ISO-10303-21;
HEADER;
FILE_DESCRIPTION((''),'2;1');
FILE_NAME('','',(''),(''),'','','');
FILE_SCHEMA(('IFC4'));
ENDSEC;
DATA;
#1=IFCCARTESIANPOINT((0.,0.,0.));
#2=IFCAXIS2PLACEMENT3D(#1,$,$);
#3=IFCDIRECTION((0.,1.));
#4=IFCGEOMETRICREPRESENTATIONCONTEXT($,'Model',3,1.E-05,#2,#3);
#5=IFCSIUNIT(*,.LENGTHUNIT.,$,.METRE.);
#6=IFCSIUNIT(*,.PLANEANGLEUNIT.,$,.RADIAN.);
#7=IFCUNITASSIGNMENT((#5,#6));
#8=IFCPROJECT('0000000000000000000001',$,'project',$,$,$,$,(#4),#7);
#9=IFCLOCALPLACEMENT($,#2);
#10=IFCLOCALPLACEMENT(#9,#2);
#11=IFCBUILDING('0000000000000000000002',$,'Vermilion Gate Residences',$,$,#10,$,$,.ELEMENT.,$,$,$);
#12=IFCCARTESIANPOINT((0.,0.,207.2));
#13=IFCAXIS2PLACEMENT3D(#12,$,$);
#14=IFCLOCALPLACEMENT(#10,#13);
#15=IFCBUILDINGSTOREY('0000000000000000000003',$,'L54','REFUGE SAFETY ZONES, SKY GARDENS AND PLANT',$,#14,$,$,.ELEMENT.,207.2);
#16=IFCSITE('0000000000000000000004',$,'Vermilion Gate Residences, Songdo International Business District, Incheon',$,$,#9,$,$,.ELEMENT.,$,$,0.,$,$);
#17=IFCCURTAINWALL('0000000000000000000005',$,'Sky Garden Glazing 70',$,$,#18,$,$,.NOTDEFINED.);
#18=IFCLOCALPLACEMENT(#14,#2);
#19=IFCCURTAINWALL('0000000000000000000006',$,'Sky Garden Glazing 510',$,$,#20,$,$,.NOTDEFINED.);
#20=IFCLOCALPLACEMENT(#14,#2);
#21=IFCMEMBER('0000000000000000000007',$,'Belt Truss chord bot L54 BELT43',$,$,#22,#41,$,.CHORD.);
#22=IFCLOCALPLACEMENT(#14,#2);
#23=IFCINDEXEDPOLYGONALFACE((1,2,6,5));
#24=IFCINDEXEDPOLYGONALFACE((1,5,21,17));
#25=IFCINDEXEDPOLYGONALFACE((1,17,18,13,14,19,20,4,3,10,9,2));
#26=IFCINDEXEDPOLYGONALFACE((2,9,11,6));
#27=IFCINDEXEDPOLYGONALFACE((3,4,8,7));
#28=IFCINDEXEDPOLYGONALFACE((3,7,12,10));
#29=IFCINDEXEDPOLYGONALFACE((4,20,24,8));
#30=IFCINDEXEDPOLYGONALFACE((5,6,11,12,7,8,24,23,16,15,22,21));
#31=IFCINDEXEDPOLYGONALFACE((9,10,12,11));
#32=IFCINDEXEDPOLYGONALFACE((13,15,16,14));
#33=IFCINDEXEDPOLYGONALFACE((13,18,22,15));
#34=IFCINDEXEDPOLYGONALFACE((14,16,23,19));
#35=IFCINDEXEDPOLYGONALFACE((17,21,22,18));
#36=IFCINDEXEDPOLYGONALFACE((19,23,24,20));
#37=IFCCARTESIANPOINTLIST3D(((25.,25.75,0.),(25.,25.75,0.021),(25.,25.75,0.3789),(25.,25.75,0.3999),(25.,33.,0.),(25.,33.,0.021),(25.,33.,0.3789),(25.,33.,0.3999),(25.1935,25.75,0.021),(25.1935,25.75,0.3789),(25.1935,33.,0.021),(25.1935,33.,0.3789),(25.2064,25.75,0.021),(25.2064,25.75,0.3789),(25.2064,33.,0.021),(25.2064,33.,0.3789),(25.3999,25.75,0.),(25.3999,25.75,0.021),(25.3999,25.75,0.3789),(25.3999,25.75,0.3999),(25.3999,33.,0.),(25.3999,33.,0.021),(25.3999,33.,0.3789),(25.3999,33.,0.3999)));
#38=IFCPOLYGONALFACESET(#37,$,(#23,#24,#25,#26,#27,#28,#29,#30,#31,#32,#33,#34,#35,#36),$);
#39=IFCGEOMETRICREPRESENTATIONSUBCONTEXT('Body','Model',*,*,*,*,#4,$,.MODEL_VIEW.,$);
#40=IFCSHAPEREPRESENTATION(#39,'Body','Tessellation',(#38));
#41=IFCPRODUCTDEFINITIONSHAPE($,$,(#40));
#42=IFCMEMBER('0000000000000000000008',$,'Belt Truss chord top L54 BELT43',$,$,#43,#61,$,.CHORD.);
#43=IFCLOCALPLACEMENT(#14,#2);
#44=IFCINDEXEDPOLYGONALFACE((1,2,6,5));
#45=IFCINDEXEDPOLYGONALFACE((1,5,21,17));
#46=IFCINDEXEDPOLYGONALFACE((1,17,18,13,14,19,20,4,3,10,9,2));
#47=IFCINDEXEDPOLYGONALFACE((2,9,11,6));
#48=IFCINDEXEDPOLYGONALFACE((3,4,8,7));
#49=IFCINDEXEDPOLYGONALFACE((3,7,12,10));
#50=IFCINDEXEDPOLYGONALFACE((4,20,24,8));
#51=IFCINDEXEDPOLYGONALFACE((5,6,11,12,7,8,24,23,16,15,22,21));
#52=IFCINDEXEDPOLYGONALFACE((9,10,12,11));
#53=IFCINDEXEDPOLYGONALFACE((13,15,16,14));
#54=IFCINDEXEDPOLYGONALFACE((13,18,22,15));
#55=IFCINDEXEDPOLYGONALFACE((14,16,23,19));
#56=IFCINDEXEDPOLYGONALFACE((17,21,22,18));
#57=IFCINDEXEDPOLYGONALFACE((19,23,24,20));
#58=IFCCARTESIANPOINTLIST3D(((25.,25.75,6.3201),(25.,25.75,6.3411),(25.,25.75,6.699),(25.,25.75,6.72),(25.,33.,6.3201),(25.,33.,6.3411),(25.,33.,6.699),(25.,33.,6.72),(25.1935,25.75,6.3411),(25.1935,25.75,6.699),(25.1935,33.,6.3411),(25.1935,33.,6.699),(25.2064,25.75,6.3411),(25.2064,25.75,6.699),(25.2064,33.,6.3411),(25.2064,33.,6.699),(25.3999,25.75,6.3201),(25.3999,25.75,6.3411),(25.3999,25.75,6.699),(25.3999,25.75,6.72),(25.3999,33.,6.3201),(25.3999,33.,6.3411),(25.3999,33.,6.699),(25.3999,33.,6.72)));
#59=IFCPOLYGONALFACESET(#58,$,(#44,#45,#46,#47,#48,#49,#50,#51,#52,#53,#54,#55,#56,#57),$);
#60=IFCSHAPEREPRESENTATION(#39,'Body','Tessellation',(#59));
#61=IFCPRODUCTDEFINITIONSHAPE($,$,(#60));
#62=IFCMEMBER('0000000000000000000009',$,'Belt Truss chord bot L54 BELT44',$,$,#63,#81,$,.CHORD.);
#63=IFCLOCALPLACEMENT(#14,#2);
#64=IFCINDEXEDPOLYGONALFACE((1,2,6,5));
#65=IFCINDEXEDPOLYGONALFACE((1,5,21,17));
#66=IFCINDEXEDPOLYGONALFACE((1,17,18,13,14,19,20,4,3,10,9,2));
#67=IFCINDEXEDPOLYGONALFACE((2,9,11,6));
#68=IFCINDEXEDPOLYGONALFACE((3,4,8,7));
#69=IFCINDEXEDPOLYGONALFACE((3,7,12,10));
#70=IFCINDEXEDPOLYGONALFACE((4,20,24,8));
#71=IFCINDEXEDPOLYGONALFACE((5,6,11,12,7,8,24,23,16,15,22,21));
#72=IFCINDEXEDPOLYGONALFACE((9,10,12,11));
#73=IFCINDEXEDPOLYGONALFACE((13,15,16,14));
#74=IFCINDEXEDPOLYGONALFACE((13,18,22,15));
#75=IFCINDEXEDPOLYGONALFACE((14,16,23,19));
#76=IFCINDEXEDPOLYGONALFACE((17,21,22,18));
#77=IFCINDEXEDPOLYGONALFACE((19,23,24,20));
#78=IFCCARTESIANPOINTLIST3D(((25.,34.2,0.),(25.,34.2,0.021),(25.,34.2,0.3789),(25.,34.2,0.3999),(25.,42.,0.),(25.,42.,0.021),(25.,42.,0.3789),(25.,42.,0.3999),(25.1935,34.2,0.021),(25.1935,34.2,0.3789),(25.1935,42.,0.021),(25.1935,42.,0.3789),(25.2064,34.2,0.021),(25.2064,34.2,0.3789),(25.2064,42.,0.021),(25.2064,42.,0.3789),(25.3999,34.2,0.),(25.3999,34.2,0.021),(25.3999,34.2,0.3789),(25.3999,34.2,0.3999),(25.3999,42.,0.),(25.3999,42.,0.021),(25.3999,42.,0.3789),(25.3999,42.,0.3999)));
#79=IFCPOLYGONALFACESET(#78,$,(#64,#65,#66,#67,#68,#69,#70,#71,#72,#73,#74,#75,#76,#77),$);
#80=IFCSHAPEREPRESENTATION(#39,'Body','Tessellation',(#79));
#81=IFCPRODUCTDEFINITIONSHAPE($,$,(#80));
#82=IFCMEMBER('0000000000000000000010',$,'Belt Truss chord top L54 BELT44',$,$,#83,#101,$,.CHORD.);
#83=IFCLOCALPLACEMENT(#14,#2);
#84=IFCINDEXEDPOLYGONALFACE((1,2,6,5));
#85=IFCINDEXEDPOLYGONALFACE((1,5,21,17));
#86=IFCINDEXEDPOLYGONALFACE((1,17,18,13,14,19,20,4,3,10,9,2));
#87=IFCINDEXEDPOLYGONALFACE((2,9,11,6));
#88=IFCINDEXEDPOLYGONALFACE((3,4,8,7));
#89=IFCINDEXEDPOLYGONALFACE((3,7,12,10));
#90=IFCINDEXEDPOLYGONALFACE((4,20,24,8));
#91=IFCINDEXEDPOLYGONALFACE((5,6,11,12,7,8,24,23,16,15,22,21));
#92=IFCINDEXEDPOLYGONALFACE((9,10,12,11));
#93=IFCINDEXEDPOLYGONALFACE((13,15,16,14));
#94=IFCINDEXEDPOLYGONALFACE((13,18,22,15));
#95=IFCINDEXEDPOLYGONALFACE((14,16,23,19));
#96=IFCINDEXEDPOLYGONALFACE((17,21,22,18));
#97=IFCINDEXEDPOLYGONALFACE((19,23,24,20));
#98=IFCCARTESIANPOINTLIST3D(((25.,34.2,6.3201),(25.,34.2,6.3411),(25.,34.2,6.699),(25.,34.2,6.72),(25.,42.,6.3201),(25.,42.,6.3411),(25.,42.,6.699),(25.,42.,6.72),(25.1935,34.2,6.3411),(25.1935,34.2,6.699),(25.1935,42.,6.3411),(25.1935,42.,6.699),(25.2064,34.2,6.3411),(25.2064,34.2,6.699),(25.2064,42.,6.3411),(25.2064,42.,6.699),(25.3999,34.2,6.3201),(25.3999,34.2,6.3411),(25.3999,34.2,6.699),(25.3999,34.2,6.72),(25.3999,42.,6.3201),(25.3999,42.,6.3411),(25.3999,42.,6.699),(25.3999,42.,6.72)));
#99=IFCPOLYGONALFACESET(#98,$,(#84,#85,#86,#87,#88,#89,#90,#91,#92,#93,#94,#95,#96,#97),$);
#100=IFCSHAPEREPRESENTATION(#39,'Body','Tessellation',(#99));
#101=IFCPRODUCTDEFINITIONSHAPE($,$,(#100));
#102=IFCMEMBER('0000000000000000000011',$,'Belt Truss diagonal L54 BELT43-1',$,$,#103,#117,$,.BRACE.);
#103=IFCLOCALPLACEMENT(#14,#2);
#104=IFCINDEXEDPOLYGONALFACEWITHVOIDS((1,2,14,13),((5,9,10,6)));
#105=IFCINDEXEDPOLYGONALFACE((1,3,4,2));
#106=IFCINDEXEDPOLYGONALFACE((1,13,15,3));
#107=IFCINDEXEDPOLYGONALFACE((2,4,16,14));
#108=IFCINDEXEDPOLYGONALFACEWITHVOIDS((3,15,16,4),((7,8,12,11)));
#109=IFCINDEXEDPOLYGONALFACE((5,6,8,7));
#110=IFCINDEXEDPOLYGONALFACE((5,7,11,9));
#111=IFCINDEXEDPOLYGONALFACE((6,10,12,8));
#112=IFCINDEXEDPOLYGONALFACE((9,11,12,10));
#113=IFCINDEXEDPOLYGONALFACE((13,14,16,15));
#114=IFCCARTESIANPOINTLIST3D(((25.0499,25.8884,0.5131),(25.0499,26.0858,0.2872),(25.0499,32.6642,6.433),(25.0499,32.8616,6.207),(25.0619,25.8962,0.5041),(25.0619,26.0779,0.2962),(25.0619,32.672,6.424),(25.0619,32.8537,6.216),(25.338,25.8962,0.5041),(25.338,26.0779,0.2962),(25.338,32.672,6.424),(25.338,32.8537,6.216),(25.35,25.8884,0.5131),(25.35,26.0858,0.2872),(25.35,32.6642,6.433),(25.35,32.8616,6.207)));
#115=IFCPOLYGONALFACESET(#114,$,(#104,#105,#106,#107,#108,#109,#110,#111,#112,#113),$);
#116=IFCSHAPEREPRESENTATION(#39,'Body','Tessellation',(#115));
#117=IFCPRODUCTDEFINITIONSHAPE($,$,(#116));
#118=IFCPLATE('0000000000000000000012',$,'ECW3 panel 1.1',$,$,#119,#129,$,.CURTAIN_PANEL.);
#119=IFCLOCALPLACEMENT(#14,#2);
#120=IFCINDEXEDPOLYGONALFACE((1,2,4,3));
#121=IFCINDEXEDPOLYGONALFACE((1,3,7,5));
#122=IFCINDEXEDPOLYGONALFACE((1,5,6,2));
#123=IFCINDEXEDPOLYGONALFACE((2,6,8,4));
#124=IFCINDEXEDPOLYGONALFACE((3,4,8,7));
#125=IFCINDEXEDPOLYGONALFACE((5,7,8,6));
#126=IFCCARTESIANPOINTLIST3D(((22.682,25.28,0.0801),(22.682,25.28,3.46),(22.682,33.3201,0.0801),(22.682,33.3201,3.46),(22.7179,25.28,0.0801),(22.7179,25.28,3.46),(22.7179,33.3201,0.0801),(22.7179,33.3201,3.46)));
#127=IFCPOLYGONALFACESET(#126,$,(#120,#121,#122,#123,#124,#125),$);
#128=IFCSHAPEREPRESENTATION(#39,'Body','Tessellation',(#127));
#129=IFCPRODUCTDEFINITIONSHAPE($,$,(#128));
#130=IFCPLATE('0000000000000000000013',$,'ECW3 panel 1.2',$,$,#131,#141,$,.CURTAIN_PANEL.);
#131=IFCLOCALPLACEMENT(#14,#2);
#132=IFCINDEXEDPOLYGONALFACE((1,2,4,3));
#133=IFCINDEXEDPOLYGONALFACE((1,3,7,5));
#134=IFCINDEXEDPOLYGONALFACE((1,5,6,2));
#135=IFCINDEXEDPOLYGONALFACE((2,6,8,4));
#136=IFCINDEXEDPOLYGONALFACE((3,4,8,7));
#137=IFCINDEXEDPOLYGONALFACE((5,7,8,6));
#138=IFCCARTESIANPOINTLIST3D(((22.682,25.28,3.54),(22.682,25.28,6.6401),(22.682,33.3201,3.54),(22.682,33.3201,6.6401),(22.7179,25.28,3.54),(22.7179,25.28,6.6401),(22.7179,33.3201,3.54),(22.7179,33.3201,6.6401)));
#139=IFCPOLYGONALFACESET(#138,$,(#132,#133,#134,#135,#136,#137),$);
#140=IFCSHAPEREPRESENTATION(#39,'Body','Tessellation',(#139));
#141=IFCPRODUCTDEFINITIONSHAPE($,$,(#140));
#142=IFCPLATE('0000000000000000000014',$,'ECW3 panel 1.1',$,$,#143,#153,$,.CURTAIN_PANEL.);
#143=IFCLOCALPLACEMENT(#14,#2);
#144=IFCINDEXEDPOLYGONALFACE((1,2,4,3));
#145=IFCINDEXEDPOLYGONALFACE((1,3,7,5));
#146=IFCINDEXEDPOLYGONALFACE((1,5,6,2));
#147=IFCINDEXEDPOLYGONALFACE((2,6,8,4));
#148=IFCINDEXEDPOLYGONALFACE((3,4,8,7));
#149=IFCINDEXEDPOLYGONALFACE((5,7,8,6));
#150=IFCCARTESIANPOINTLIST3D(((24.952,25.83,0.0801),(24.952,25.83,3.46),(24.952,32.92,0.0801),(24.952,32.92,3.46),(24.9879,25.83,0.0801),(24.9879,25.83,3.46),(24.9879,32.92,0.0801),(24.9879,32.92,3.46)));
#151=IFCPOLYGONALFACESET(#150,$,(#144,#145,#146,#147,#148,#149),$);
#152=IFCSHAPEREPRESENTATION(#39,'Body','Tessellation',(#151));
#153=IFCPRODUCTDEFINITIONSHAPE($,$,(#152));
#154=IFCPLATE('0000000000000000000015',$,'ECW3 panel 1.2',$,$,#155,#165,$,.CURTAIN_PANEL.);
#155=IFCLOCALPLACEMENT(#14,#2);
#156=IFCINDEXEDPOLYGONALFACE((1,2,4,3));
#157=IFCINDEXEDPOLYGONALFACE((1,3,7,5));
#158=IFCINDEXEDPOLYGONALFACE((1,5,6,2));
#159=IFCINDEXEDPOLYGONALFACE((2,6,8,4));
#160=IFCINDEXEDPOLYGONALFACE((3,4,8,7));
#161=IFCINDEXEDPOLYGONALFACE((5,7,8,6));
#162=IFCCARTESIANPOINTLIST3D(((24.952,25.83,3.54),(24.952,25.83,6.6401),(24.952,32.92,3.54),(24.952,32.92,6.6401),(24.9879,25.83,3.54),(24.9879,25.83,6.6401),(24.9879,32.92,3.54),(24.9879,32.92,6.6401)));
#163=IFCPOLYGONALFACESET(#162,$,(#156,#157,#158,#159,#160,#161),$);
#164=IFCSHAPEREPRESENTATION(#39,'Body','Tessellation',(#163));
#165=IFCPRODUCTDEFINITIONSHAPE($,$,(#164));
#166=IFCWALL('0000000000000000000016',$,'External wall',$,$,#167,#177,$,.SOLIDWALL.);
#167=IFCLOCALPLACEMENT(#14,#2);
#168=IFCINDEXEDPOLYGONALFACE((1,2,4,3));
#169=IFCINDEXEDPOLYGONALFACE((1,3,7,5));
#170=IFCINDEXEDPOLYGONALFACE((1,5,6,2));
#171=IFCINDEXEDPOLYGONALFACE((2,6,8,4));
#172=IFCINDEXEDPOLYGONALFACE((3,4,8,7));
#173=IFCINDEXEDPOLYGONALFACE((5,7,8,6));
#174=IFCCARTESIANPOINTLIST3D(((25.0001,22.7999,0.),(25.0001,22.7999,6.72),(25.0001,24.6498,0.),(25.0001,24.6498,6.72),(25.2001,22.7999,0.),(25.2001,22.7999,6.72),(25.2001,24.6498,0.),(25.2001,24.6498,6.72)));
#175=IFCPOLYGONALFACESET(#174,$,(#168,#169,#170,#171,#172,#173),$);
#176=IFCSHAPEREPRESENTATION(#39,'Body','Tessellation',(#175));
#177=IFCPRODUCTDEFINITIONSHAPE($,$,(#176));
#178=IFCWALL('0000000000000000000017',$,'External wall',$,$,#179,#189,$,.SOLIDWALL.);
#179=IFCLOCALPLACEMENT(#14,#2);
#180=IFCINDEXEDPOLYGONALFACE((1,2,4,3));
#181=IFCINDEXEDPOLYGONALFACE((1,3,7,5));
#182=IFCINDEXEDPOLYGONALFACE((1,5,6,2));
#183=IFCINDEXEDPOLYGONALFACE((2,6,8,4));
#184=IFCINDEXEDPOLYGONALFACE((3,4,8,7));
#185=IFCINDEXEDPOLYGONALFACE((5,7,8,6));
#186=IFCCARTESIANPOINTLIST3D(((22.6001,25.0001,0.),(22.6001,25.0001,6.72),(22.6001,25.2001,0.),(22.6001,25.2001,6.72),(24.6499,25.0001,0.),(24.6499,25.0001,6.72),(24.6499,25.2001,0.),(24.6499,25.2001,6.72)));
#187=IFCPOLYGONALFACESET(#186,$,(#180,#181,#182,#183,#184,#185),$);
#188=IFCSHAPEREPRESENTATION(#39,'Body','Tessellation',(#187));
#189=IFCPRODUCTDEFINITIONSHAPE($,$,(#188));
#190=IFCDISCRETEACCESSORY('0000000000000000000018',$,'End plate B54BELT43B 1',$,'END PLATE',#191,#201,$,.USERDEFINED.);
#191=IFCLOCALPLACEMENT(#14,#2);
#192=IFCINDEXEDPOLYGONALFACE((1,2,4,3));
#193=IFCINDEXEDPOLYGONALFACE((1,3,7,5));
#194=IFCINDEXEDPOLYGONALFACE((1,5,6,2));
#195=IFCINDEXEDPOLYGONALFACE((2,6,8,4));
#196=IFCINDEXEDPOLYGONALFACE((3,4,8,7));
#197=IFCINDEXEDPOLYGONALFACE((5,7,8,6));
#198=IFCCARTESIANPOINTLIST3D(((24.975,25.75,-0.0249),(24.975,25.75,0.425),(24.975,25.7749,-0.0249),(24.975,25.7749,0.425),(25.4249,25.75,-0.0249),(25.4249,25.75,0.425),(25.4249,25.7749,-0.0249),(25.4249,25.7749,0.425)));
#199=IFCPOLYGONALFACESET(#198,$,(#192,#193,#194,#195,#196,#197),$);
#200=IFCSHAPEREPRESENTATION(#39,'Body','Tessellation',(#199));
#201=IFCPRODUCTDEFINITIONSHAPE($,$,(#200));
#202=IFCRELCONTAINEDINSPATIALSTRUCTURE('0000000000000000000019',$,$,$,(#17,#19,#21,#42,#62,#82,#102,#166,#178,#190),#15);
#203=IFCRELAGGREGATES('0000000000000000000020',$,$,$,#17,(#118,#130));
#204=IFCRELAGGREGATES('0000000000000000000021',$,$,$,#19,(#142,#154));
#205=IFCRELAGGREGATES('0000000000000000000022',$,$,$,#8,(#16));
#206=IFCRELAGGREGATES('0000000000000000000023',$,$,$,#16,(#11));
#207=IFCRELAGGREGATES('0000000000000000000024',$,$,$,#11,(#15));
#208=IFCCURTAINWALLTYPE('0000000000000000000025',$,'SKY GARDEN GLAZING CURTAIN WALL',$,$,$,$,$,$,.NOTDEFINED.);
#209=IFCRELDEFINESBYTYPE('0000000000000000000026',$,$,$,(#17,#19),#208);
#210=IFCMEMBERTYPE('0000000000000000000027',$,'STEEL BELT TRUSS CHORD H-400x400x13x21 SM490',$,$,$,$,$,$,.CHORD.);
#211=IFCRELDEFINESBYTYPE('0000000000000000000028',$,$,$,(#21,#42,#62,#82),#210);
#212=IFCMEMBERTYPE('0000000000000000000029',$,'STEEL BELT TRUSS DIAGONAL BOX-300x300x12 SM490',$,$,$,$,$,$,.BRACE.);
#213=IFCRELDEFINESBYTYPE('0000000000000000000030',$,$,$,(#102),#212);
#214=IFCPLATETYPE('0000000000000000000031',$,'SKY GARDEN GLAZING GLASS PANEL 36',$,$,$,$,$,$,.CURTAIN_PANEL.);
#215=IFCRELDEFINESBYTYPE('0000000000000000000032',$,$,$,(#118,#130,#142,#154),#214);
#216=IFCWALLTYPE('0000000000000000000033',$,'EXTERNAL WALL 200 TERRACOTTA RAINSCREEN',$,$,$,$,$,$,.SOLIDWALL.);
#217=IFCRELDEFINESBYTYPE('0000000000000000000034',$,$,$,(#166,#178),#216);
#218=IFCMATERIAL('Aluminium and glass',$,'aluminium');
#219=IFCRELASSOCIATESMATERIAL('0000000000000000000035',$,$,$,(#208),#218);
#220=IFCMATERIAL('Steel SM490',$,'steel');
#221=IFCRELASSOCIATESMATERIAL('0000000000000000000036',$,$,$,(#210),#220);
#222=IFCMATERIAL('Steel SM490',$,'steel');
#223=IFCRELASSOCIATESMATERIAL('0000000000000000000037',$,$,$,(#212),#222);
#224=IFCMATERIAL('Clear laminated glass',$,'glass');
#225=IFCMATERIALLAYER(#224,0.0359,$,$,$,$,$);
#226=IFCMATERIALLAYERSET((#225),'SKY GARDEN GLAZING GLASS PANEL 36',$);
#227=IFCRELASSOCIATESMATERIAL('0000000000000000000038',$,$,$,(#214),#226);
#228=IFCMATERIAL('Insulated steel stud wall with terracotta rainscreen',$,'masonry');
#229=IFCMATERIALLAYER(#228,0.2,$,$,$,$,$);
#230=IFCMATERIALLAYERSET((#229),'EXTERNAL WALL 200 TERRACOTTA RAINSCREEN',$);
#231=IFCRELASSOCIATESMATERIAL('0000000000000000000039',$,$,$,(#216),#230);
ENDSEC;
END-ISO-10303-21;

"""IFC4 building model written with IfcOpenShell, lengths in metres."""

from ifc_helpers import new_model, si_unit, direction, frame, frame_2d, origin, origin_2d, place, context, subcontext, project, spatial, rectangle, hollow_rectangle, i_section, extrude, material, layer, layer_set, material_profile, profile_set, type_object, element, aggregate, save


model = new_model("IFC4")

# Units and contexts
model_context = context("Model", 3, precision=1e-05, world=origin(), true_north=direction((0.0, 1.0)))
body_context = subcontext(model_context, "Body", "Model", "MODEL_VIEW")
ifc_project = project(units=[si_unit("LENGTHUNIT", "METRE"), si_unit("PLANEANGLEUNIT", "RADIAN")], contexts=[model_context])

# Site, building, storey
site_placement = place(None, origin())
site = spatial("IfcSite", under=ifc_project, at=site_placement, Name="Vermilion Gate Residences, Songdo International Business District, Incheon", CompositionType="ELEMENT", RefElevation=0.0)
building_placement = place(site_placement, origin())
building = spatial("IfcBuilding", under=site, at=building_placement, Name="Vermilion Gate Residences", CompositionType="ELEMENT")
storey_placement = place(building_placement, frame((0.0, 0.0, 207.2)))
storey = spatial("IfcBuildingStorey", under=building, at=storey_placement, Name="L54", Description="REFUGE SAFETY ZONES, SKY GARDENS AND PLANT", CompositionType="ELEMENT", Elevation=207.2)

# Shared definitions
ifc_material_1 = material(Name="Aluminium and glass", Category="aluminium")
curtain_wall_type = type_object("IfcCurtainWallType", Name="SKY GARDEN GLAZING CURTAIN WALL", PredefinedType="NOTDEFINED", material=ifc_material_1)

# Curtain walls
curtain_wall_1_placement = place(storey_placement, origin())
curtain_wall_1 = element("IfcCurtainWall", 1, at=curtain_wall_1_placement, inside=storey, type_object=curtain_wall_type, Name="Sky Garden Glazing 70", PredefinedType="NOTDEFINED")
curtain_wall_2_placement = place(storey_placement, origin())
curtain_wall_2 = element("IfcCurtainWall", 2, at=curtain_wall_2_placement, inside=storey, type_object=curtain_wall_type, Name="Sky Garden Glazing 510", PredefinedType="NOTDEFINED")

# Members
ifc_material_2 = material(Name="Steel SM490", Category="steel")
ifc_material_profile_1 = material_profile(ifc_material_2, i_section(OverallWidth=0.3999, OverallDepth=0.3999, WebThickness=0.0129, FlangeThickness=0.021, at=origin_2d()), Name="H-400x400x13x21")
ifc_profile_set_1 = profile_set([ifc_material_profile_1], Name="Steel SM490")
member_type_1 = type_object("IfcMemberType", Name="STEEL BELT TRUSS CHORD H-400x400x13x21 SM490", PredefinedType="CHORD", material=ifc_profile_set_1)
for number, where, z_axis, x_axis, name in (
    (3, (25.2, 25.75, 0.2), (0.0, 1.0, 0.0), (-1.0, 0.0, 0.0), "Belt Truss chord bot L54 BELT43"),
    (4, (25.2, 25.75, 6.52), (0.0, 1.0, 0.0), (-1.0, 0.0, 0.0), "Belt Truss chord top L54 BELT43"),
):
    element("IfcMember", number, at=place(storey_placement, frame(where, z_axis=z_axis, x_axis=x_axis)), inside=storey, type_object=member_type_1, Name=name, PredefinedType="CHORD", context=body_context, shape_type="SweptSolid", body=[
        extrude(i_section(OverallWidth=0.3999, OverallDepth=0.3999, WebThickness=0.0129, FlangeThickness=0.021, at=origin_2d()), origin(), (0.0, 0.0, 1.0), 7.25),
    ])
for number, where, z_axis, x_axis, name in (
    (5, (25.2, 34.2, 0.2), (0.0, 1.0, 0.0), (-1.0, 0.0, 0.0), "Belt Truss chord bot L54 BELT44"),
    (6, (25.2, 34.2, 6.52), (0.0, 1.0, 0.0), (-1.0, 0.0, 0.0), "Belt Truss chord top L54 BELT44"),
):
    element("IfcMember", number, at=place(storey_placement, frame(where, z_axis=z_axis, x_axis=x_axis)), inside=storey, type_object=member_type_1, Name=name, PredefinedType="CHORD", context=body_context, shape_type="SweptSolid", body=[
        extrude(i_section(OverallWidth=0.3999, OverallDepth=0.3999, WebThickness=0.0129, FlangeThickness=0.021, at=origin_2d()), origin(), (0.0, 0.0, 1.0), 7.8),
    ])
ifc_material_3 = material(Name="Steel SM490", Category="steel")
ifc_material_profile_2 = material_profile(ifc_material_3, hollow_rectangle(XDim=0.3, YDim=0.3, WallThickness=0.012, at=origin_2d()), Name="BOX-300x300x12")
ifc_profile_set_2 = profile_set([ifc_material_profile_2], Name="Steel SM490")
member_type_2 = type_object("IfcMemberType", Name="STEEL BELT TRUSS DIAGONAL BOX-300x300x12 SM490", PredefinedType="BRACE", material=ifc_profile_set_2)
member_1_placement = place(storey_placement, frame((25.2, 25.9871, 0.4001), z_axis=(0.0, 0.753071, 0.65794), x_axis=(-1.0, 0.0, 0.0)))
element("IfcMember", 7, at=member_1_placement, inside=storey, type_object=member_type_2, Name="Belt Truss diagonal L54 BELT43-1", PredefinedType="BRACE", context=body_context, shape_type="SweptSolid", body=[
    extrude(hollow_rectangle(XDim=0.3, YDim=0.3, WallThickness=0.012, at=origin_2d()), origin(), (0.0, 0.0, 1.0), 8.9976),
])

# Plates
ifc_material_4 = material(Name="Clear laminated glass", Category="glass")
ifc_layer_1 = layer(ifc_material_4, 0.0359)
ifc_layer_set_1 = layer_set([ifc_layer_1], Name="SKY GARDEN GLAZING GLASS PANEL 36")
plate_type = type_object("IfcPlateType", Name="SKY GARDEN GLAZING GLASS PANEL 36", PredefinedType="CURTAIN_PANEL", material=ifc_layer_set_1)
plate_1_placement = place(storey_placement, frame((22.7, 29.3, 0.0801), z_axis=(0.0, 0.0, 1.0), x_axis=(0.0, 1.0, 0.0)))
plate_1 = element("IfcPlate", 8, at=plate_1_placement, type_object=plate_type, Name="ECW3 panel 1.1", PredefinedType="CURTAIN_PANEL", context=body_context, shape_type="SweptSolid", body=[
    extrude(rectangle(XDim=8.04, YDim=0.0359, at=origin_2d()), origin(), (0.0, 0.0, 1.0), 3.3799),
])
plate_2_placement = place(storey_placement, frame((22.7, 29.3, 3.54), z_axis=(0.0, 0.0, 1.0), x_axis=(0.0, 1.0, 0.0)))
plate_2 = element("IfcPlate", 9, at=plate_2_placement, type_object=plate_type, Name="ECW3 panel 1.2", PredefinedType="CURTAIN_PANEL", context=body_context, shape_type="SweptSolid", body=[
    extrude(rectangle(XDim=8.04, YDim=0.0359, at=origin_2d()), origin(), (0.0, 0.0, 1.0), 3.1001),
])
aggregate(curtain_wall_1, [plate_1, plate_2])
plate_3_placement = place(storey_placement, frame((24.97, 29.375, 0.0801), z_axis=(0.0, 0.0, 1.0), x_axis=(0.0, 1.0, 0.0)))
plate_3 = element("IfcPlate", 10, at=plate_3_placement, type_object=plate_type, Name="ECW3 panel 1.1", PredefinedType="CURTAIN_PANEL", context=body_context, shape_type="SweptSolid", body=[
    extrude(rectangle(XDim=7.0901, YDim=0.0359, at=origin_2d()), origin(), (0.0, 0.0, 1.0), 3.3799),
])
plate_4_placement = place(storey_placement, frame((24.97, 29.375, 3.54), z_axis=(0.0, 0.0, 1.0), x_axis=(0.0, 1.0, 0.0)))
plate_4 = element("IfcPlate", 11, at=plate_4_placement, type_object=plate_type, Name="ECW3 panel 1.2", PredefinedType="CURTAIN_PANEL", context=body_context, shape_type="SweptSolid", body=[
    extrude(rectangle(XDim=7.0901, YDim=0.0359, at=origin_2d()), origin(), (0.0, 0.0, 1.0), 3.1001),
])
aggregate(curtain_wall_2, [plate_3, plate_4])

# Walls
ifc_material_5 = material(Name="Insulated steel stud wall with terracotta rainscreen", Category="masonry")
ifc_layer_2 = layer(ifc_material_5, 0.2)
ifc_layer_set_2 = layer_set([ifc_layer_2], Name="EXTERNAL WALL 200 TERRACOTTA RAINSCREEN")
wall_type = type_object("IfcWallType", Name="EXTERNAL WALL 200 TERRACOTTA RAINSCREEN", PredefinedType="SOLIDWALL", material=ifc_layer_set_2)
wall_1_placement = place(storey_placement, frame((25.1001, 22.8, 0.0), z_axis=(0.0, 0.0, 1.0), x_axis=(0.0, 1.0, 0.0)))
element("IfcWall", 12, at=wall_1_placement, inside=storey, type_object=wall_type, Name="External wall", PredefinedType="SOLIDWALL", context=body_context, shape_type="SweptSolid", body=[
    extrude(rectangle(XDim=1.8499, YDim=0.2, at=frame_2d((0.9248, 0.0))), origin(), (0.0, 0.0, 1.0), 6.72),
])
wall_2_placement = place(storey_placement, frame((24.6499, 25.1001, 0.0), z_axis=(0.0, 0.0, 1.0), x_axis=(-1.0, 0.0, 0.0)))
element("IfcWall", 13, at=wall_2_placement, inside=storey, type_object=wall_type, Name="External wall", PredefinedType="SOLIDWALL", context=body_context, shape_type="SweptSolid", body=[
    extrude(rectangle(XDim=2.0498, YDim=0.2, at=frame_2d((1.0249, 0.0))), origin(), (0.0, 0.0, 1.0), 6.72),
])

# Discrete accessory
for number, where, z_axis, x_axis, name in (
    (14, (25.2, 25.7625, -0.0249), (0.0, 0.0, 1.0), (1.0, 0.0, 0.0), "End plate B54BELT43B 1"),
):
    element("IfcDiscreteAccessory", number, at=place(storey_placement, frame(where, z_axis=z_axis, x_axis=x_axis)), inside=storey, Name=name, ObjectType="END PLATE", PredefinedType="USERDEFINED", context=body_context, shape_type="SweptSolid", body=[
        extrude(rectangle(XDim=0.45, YDim=0.0249, at=origin_2d()), origin(), (0.0, 0.0, 1.0), 0.45),
    ])

save(model, "model.ifc")
